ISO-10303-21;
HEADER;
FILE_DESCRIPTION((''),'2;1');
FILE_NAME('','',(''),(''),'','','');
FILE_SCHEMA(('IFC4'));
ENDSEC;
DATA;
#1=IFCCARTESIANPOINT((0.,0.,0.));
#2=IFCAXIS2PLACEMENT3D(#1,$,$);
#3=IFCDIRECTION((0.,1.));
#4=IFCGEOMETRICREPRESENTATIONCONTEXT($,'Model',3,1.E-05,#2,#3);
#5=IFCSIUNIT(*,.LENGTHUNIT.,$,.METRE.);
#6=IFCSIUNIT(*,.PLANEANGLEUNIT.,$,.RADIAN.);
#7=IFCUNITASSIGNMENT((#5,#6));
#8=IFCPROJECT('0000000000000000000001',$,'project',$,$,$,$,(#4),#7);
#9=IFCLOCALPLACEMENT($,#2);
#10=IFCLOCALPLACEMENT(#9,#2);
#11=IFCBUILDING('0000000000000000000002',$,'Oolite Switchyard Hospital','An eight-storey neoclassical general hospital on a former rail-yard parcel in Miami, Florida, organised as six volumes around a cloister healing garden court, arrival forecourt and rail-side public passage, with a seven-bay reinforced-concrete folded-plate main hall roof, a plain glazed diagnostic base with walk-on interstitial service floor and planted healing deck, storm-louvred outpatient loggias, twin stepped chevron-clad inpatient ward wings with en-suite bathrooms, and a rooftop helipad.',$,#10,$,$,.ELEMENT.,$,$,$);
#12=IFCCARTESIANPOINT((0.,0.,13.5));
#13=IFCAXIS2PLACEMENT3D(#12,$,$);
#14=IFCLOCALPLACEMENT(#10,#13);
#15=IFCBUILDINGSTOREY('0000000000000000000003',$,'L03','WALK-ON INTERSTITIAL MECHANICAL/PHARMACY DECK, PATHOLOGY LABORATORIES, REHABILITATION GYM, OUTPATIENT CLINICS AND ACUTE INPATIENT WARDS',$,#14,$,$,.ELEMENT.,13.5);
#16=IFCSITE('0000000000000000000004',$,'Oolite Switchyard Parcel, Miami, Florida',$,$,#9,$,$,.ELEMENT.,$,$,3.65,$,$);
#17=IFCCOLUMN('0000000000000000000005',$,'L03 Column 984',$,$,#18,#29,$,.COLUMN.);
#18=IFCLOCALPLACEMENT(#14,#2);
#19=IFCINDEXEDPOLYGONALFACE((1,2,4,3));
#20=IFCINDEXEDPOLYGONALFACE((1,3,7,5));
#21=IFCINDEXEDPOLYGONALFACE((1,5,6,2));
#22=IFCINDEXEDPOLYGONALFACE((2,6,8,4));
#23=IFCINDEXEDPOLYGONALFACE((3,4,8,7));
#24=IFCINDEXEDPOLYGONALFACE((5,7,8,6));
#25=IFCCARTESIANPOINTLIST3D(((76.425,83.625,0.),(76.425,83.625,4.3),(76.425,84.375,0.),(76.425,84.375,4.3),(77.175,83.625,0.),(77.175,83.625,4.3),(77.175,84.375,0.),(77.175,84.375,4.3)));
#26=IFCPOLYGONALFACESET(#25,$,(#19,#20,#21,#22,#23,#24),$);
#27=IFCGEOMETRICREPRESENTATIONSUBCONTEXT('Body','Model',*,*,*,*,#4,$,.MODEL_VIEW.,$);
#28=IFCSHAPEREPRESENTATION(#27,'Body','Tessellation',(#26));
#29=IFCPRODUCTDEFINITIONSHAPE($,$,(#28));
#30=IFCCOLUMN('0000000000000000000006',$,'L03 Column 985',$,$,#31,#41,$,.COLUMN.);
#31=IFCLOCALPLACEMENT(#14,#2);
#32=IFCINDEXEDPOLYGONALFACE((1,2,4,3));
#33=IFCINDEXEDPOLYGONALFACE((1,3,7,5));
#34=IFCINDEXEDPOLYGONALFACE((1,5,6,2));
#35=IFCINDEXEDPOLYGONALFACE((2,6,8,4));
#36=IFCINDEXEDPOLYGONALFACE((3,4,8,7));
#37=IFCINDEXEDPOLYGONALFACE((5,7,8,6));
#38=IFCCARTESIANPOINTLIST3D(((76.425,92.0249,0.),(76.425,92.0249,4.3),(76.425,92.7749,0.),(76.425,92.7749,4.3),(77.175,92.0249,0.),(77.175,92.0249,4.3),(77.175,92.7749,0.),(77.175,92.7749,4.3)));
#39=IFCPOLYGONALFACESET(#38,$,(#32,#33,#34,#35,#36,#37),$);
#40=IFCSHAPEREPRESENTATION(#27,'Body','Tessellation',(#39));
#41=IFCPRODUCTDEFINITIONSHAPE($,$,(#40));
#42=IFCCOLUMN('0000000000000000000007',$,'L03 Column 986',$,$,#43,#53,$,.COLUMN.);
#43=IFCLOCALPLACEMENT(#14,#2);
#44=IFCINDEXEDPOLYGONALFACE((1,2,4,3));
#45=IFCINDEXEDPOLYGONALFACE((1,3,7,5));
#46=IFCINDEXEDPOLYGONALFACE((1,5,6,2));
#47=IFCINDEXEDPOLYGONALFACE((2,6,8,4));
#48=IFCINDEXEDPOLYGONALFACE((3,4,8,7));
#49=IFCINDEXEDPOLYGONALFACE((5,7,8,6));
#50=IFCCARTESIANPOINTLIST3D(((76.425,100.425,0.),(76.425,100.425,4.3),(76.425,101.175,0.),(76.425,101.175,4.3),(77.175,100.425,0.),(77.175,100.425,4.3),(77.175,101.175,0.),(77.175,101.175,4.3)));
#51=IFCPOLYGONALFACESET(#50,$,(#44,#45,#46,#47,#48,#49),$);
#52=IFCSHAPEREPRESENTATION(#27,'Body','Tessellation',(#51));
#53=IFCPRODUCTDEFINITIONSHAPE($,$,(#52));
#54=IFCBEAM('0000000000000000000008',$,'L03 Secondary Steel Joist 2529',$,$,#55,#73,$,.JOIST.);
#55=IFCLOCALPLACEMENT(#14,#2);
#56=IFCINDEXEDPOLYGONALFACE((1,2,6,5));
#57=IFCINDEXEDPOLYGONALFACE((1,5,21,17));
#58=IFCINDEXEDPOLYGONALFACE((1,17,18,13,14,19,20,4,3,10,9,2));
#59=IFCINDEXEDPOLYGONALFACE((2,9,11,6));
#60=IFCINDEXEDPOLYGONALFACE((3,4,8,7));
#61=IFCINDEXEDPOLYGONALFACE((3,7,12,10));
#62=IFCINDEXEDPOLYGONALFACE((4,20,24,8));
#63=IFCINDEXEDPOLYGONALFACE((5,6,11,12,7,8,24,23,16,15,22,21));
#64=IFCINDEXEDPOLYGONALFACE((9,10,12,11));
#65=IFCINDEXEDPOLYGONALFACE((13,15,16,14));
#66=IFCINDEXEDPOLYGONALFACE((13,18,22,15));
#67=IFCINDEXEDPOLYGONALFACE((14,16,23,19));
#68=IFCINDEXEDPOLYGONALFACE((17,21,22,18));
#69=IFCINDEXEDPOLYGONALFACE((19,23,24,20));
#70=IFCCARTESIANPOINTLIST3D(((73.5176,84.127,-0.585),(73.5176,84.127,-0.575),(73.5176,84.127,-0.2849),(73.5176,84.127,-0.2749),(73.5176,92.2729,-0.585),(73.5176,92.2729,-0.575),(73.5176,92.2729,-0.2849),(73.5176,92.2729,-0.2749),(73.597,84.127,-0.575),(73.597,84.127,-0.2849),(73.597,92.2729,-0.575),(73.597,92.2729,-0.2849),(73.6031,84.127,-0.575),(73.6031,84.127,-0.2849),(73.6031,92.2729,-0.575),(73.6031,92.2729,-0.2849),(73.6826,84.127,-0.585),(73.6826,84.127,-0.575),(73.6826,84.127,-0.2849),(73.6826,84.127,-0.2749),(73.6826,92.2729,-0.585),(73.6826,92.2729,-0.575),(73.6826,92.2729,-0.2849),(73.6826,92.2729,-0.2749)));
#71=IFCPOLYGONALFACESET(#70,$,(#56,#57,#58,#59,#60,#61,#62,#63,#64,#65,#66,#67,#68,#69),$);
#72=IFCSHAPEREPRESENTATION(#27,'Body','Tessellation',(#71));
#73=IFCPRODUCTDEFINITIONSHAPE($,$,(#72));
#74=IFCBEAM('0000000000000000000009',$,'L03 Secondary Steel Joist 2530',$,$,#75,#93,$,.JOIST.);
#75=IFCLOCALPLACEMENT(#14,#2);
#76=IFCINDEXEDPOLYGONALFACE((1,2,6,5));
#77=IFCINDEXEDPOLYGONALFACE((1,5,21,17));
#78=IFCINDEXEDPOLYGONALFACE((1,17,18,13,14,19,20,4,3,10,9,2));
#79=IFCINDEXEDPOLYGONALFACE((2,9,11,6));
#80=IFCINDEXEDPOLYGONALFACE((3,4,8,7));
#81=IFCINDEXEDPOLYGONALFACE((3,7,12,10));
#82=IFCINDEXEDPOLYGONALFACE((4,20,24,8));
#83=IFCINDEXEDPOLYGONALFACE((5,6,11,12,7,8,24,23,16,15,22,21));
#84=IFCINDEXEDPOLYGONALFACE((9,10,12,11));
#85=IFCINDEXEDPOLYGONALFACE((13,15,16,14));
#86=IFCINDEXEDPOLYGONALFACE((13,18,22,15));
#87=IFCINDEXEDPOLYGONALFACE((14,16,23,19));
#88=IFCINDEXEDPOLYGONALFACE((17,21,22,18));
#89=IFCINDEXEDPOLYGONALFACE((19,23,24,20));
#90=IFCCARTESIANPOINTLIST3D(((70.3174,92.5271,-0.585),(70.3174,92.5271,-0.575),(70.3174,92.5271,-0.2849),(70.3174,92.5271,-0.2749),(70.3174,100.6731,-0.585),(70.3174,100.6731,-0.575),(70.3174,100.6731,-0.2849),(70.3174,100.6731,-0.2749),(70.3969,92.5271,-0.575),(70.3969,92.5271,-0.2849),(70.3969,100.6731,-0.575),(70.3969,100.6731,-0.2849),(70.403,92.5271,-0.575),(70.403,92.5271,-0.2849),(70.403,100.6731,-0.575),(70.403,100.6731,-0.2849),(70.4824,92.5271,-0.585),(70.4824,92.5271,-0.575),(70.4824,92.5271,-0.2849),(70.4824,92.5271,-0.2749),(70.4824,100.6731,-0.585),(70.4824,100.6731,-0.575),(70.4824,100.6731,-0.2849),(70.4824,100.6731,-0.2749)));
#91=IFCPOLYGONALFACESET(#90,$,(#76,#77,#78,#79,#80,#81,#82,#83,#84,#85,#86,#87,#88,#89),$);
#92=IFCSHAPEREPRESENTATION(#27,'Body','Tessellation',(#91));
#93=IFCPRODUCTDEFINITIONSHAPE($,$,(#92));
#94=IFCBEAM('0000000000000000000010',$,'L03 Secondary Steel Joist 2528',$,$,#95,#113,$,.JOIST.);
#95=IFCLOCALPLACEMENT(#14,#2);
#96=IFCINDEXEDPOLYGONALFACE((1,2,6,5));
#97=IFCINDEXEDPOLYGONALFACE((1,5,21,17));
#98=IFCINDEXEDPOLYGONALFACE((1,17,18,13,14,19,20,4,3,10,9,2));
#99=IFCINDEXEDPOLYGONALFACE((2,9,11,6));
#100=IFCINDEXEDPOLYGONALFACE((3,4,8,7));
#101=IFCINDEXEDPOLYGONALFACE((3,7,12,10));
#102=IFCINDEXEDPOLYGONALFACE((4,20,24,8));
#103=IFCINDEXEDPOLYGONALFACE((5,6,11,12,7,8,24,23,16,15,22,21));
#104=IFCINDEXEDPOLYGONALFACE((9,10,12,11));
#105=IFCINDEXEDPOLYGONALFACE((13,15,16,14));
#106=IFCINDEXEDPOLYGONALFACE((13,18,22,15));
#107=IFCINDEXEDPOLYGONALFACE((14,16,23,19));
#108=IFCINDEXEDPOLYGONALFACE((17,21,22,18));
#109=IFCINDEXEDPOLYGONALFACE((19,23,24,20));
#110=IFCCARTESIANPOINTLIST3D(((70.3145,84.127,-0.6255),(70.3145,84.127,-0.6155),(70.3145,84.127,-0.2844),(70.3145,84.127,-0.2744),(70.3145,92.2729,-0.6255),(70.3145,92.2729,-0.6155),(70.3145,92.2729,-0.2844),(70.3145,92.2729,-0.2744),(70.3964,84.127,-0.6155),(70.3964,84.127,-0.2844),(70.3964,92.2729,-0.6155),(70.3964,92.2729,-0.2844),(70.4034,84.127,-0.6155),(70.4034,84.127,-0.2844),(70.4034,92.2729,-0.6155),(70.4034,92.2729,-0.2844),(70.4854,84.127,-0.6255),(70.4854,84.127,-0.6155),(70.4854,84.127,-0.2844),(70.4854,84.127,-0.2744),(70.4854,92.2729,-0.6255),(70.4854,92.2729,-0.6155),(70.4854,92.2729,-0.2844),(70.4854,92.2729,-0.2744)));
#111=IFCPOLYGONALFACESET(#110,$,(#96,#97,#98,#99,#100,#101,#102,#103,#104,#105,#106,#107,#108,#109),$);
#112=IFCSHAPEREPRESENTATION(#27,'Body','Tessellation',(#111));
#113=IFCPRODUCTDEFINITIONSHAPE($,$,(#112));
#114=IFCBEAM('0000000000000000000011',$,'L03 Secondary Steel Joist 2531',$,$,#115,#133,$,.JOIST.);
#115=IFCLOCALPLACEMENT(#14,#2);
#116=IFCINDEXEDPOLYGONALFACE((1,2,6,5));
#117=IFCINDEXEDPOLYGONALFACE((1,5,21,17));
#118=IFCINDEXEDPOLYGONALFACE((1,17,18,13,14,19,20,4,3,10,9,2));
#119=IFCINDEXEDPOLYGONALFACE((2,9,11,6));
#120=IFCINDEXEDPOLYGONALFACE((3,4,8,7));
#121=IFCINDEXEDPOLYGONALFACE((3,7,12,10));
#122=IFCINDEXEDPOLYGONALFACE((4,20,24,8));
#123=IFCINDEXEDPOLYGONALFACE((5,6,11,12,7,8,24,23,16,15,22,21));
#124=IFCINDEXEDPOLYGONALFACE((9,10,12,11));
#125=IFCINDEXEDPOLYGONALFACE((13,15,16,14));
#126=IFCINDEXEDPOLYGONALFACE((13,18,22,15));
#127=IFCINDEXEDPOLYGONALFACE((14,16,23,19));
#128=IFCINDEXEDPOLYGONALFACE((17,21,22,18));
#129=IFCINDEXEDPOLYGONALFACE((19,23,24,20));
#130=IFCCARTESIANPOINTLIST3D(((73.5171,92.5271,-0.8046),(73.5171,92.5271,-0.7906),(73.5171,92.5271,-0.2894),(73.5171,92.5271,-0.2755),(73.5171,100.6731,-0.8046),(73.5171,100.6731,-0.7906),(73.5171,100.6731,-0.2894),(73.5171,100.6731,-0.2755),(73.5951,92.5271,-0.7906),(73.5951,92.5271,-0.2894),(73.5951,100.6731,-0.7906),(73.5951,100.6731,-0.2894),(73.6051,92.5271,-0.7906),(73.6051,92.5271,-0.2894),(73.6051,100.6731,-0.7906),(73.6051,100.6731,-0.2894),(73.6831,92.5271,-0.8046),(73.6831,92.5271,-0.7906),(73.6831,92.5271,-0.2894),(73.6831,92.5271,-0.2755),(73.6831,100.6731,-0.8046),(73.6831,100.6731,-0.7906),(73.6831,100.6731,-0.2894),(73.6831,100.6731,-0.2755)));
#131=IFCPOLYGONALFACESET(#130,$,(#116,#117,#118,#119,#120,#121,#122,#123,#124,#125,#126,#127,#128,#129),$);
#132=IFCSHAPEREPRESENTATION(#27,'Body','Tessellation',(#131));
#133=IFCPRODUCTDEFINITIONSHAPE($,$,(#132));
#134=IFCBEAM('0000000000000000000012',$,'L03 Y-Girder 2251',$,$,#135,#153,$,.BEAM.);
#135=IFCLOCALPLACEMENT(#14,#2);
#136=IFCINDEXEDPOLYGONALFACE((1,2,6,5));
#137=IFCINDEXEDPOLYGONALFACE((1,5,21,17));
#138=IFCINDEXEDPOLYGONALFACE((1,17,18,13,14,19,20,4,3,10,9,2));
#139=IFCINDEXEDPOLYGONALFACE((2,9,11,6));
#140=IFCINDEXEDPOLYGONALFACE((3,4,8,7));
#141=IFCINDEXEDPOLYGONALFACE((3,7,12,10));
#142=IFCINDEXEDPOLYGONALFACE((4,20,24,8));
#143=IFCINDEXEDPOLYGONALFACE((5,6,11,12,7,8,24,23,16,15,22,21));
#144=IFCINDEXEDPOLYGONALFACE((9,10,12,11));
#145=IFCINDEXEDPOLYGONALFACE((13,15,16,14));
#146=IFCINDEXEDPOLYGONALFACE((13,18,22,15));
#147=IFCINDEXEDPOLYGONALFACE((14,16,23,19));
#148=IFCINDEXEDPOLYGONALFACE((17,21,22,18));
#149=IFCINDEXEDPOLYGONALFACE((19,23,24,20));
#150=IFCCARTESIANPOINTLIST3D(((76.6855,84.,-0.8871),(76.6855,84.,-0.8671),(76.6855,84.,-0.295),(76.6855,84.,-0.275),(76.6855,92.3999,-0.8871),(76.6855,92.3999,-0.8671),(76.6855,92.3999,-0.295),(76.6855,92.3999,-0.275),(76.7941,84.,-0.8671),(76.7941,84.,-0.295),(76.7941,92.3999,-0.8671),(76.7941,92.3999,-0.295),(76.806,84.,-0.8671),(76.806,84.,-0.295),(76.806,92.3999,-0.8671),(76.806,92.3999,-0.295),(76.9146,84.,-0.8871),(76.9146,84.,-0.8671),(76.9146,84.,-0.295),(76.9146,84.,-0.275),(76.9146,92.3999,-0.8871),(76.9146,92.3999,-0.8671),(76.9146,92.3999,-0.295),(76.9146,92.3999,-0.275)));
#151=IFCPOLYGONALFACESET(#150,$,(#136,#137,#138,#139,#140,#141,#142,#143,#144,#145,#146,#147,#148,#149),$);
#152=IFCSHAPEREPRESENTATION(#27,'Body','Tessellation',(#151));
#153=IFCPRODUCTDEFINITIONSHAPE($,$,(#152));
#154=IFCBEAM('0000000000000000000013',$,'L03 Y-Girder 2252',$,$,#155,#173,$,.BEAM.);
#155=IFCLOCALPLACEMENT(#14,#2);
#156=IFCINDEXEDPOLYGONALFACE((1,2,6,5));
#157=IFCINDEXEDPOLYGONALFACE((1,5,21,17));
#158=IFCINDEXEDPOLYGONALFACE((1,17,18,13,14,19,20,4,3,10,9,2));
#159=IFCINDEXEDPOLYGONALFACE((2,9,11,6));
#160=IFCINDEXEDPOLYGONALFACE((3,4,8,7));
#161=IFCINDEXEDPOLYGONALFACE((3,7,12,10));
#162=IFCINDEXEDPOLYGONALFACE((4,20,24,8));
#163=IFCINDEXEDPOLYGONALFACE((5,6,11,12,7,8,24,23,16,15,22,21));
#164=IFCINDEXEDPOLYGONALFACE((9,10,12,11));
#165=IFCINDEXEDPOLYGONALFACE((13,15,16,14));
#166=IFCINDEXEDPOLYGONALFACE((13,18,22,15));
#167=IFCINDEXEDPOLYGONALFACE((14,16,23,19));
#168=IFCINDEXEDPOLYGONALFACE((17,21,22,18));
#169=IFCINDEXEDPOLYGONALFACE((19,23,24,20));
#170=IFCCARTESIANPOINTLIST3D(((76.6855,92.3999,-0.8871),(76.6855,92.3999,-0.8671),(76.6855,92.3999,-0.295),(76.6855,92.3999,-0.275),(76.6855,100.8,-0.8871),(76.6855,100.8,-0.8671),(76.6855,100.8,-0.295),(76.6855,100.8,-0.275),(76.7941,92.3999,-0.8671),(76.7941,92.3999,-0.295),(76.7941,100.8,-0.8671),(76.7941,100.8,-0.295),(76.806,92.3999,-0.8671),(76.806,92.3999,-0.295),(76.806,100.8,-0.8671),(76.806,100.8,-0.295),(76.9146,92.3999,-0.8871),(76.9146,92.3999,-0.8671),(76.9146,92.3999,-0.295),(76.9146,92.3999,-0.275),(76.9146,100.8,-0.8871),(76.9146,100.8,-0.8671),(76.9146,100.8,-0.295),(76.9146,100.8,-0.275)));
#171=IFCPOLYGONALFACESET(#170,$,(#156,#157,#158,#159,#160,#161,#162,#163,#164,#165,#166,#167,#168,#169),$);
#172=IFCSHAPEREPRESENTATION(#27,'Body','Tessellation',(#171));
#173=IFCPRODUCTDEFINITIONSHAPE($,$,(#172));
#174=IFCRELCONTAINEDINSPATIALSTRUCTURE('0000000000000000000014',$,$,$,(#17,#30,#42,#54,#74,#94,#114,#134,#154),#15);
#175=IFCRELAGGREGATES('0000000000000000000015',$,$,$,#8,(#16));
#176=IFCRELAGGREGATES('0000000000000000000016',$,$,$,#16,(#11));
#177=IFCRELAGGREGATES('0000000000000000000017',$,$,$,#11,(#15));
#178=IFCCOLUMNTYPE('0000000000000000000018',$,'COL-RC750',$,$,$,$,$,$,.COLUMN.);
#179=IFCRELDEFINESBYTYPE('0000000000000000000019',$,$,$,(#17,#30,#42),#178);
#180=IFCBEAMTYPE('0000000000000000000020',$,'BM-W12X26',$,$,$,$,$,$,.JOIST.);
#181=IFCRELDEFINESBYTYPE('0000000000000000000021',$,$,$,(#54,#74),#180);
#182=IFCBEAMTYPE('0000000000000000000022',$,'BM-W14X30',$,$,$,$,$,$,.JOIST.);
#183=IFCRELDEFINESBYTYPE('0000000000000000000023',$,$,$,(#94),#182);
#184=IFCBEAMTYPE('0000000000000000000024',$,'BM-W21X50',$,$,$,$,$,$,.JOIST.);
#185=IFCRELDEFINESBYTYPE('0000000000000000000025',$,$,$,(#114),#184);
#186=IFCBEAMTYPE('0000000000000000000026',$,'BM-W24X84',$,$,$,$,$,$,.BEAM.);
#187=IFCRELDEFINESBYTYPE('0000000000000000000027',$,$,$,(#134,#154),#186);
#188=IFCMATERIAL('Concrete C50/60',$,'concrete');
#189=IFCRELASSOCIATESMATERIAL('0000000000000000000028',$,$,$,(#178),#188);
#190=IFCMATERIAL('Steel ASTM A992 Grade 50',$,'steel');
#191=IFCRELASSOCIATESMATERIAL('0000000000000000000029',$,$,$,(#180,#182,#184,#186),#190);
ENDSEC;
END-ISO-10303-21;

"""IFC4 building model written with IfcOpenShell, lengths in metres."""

from ifc_helpers import new_model, si_unit, direction, frame, origin, origin_2d, place, context, subcontext, project, spatial, rectangle, i_section, extrude, material, material_profile, profile_set, type_object, element, save


model = new_model("IFC4")

# Units and contexts
model_context = context("Model", 3, precision=1e-05, world=origin(), true_north=direction((0.0, 1.0)))
body_context = subcontext(model_context, "Body", "Model", "MODEL_VIEW")
ifc_project = project(units=[si_unit("LENGTHUNIT", "METRE"), si_unit("PLANEANGLEUNIT", "RADIAN")], contexts=[model_context])

# Site, building, storey
site_placement = place(None, origin())
site = spatial("IfcSite", under=ifc_project, at=site_placement, Name="Oolite Switchyard Parcel, Miami, Florida", CompositionType="ELEMENT", RefElevation=3.65)
building_placement = place(site_placement, origin())
building = spatial("IfcBuilding", under=site, at=building_placement, Name="Oolite Switchyard Hospital", Description="An eight-storey neoclassical general hospital on a former rail-yard parcel in Miami, Florida, organised as six volumes around a cloister healing garden court, arrival forecourt and rail-side public passage, with a seven-bay reinforced-concrete folded-plate main hall roof, a plain glazed diagnostic base with walk-on interstitial service floor and planted healing deck, storm-louvred outpatient loggias, twin stepped chevron-clad inpatient ward wings with en-suite bathrooms, and a rooftop helipad.", CompositionType="ELEMENT")
storey_placement = place(building_placement, frame((0.0, 0.0, 13.5)))
storey = spatial("IfcBuildingStorey", under=building, at=storey_placement, Name="L03", Description="WALK-ON INTERSTITIAL MECHANICAL/PHARMACY DECK, PATHOLOGY LABORATORIES, REHABILITATION GYM, OUTPATIENT CLINICS AND ACUTE INPATIENT WARDS", CompositionType="ELEMENT", Elevation=13.5)

# Columns
ifc_material_1 = material(Name="Concrete C50/60", Category="concrete")
ifc_material_profile_1 = material_profile(ifc_material_1, rectangle(XDim=0.75, YDim=0.75, at=origin_2d()), Name="RC750X750")
ifc_profile_set_1 = profile_set([ifc_material_profile_1], Name="Concrete C50/60")
column_type = type_object("IfcColumnType", Name="COL-RC750", PredefinedType="COLUMN", material=ifc_profile_set_1)
for number, where, z_axis, x_axis, name in (
    (1, (76.8, 84.0, 0.0), (0.0, 0.0, 1.0), (1.0, 0.0, 0.0), "L03 Column 984"),
    (2, (76.8, 92.3999, 0.0), (0.0, 0.0, 1.0), (1.0, 0.0, 0.0), "L03 Column 985"),
    (3, (76.8, 100.8, 0.0), (0.0, 0.0, 1.0), (1.0, 0.0, 0.0), "L03 Column 986"),
):
    element("IfcColumn", number, at=place(storey_placement, frame(where, z_axis=z_axis, x_axis=x_axis)), inside=storey, type_object=column_type, Name=name, PredefinedType="COLUMN", context=body_context, shape_type="SweptSolid", body=[
        extrude(rectangle(XDim=0.75, YDim=0.75, at=origin_2d()), origin(), (0.0, 0.0, 1.0), 4.3),
    ])

# Beams
ifc_material_2 = material(Name="Steel ASTM A992 Grade 50", Category="steel")
ifc_material_profile_2 = material_profile(ifc_material_2, i_section(OverallWidth=0.165, OverallDepth=0.3101, WebThickness=0.0061, FlangeThickness=0.01, at=origin_2d()), Name="W12X26")
ifc_profile_set_2 = profile_set([ifc_material_profile_2], Name="Steel ASTM A992 Grade 50")
beam_type_1 = type_object("IfcBeamType", Name="BM-W12X26", PredefinedType="JOIST", material=ifc_profile_set_2)
for number, where, z_axis, x_axis, name in (
    (4, (73.6001, 84.127, -0.4299), (0.0, 1.0, 0.0), (-1.0, 0.0, 0.0), "L03 Secondary Steel Joist 2529"),
    (5, (70.3999, 92.5271, -0.4299), (0.0, 1.0, 0.0), (-1.0, 0.0, 0.0), "L03 Secondary Steel Joist 2530"),
):
    element("IfcBeam", number, at=place(storey_placement, frame(where, z_axis=z_axis, x_axis=x_axis)), inside=storey, type_object=beam_type_1, Name=name, PredefinedType="JOIST", context=body_context, shape_type="SweptSolid", body=[
        extrude(i_section(OverallWidth=0.165, OverallDepth=0.3101, WebThickness=0.0061, FlangeThickness=0.01, at=origin_2d()), origin(), (0.0, 0.0, 1.0), 8.146),
    ])
ifc_material_profile_3 = material_profile(ifc_material_2, i_section(OverallWidth=0.1709, OverallDepth=0.3511, WebThickness=0.0071, FlangeThickness=0.01, at=origin_2d()), Name="W14X30")
ifc_profile_set_3 = profile_set([ifc_material_profile_3], Name="Steel ASTM A992 Grade 50")
beam_type_2 = type_object("IfcBeamType", Name="BM-W14X30", PredefinedType="JOIST", material=ifc_profile_set_3)
beam_1_placement = place(storey_placement, frame((70.3999, 84.127, -0.45), z_axis=(0.0, 1.0, 0.0), x_axis=(-1.0, 0.0, 0.0)))
element("IfcBeam", 6, at=beam_1_placement, inside=storey, type_object=beam_type_2, Name="L03 Secondary Steel Joist 2528", PredefinedType="JOIST", context=body_context, shape_type="SweptSolid", body=[
    extrude(i_section(OverallWidth=0.1709, OverallDepth=0.3511, WebThickness=0.0071, FlangeThickness=0.01, at=origin_2d()), origin(), (0.0, 0.0, 1.0), 8.146),
])
ifc_material_profile_4 = material_profile(ifc_material_2, i_section(OverallWidth=0.166, OverallDepth=0.5291, WebThickness=0.01, FlangeThickness=0.0139, at=origin_2d()), Name="W21X50")
ifc_profile_set_4 = profile_set([ifc_material_profile_4], Name="Steel ASTM A992 Grade 50")
beam_type_3 = type_object("IfcBeamType", Name="BM-W21X50", PredefinedType="JOIST", material=ifc_profile_set_4)
beam_2_placement = place(storey_placement, frame((73.6001, 92.5271, -0.54), z_axis=(0.0, 1.0, 0.0), x_axis=(-1.0, 0.0, 0.0)))
element("IfcBeam", 7, at=beam_2_placement, inside=storey, type_object=beam_type_3, Name="L03 Secondary Steel Joist 2531", PredefinedType="JOIST", context=body_context, shape_type="SweptSolid", body=[
    extrude(i_section(OverallWidth=0.166, OverallDepth=0.5291, WebThickness=0.01, FlangeThickness=0.0139, at=origin_2d()), origin(), (0.0, 0.0, 1.0), 8.146),
])
ifc_material_profile_5 = material_profile(ifc_material_2, i_section(OverallWidth=0.229, OverallDepth=0.6121, WebThickness=0.012, FlangeThickness=0.02, at=origin_2d()), Name="W24X84")
ifc_profile_set_5 = profile_set([ifc_material_profile_5], Name="Steel ASTM A992 Grade 50")
beam_type_4 = type_object("IfcBeamType", Name="BM-W24X84", PredefinedType="BEAM", material=ifc_profile_set_5)
beam_3_placement = place(storey_placement, frame((76.8, 84.0, -0.5811), z_axis=(0.0, 1.0, 0.0), x_axis=(-1.0, 0.0, 0.0)))
element("IfcBeam", 8, at=beam_3_placement, inside=storey, type_object=beam_type_4, Name="L03 Y-Girder 2251", PredefinedType="BEAM", context=body_context, shape_type="SweptSolid", body=[
    extrude(i_section(OverallWidth=0.229, OverallDepth=0.6121, WebThickness=0.012, FlangeThickness=0.02, at=origin_2d()), origin(), (0.0, 0.0, 1.0), 8.3999),
])
beam_4_placement = place(storey_placement, frame((76.8, 92.3999, -0.5811), z_axis=(0.0, 1.0, 0.0), x_axis=(-1.0, 0.0, 0.0)))
element("IfcBeam", 9, at=beam_4_placement, inside=storey, type_object=beam_type_4, Name="L03 Y-Girder 2252", PredefinedType="BEAM", context=body_context, shape_type="SweptSolid", body=[
    extrude(i_section(OverallWidth=0.229, OverallDepth=0.6121, WebThickness=0.012, FlangeThickness=0.02, at=origin_2d()), origin(), (0.0, 0.0, 1.0), 8.4001),
])

save(model, "model.ifc")
